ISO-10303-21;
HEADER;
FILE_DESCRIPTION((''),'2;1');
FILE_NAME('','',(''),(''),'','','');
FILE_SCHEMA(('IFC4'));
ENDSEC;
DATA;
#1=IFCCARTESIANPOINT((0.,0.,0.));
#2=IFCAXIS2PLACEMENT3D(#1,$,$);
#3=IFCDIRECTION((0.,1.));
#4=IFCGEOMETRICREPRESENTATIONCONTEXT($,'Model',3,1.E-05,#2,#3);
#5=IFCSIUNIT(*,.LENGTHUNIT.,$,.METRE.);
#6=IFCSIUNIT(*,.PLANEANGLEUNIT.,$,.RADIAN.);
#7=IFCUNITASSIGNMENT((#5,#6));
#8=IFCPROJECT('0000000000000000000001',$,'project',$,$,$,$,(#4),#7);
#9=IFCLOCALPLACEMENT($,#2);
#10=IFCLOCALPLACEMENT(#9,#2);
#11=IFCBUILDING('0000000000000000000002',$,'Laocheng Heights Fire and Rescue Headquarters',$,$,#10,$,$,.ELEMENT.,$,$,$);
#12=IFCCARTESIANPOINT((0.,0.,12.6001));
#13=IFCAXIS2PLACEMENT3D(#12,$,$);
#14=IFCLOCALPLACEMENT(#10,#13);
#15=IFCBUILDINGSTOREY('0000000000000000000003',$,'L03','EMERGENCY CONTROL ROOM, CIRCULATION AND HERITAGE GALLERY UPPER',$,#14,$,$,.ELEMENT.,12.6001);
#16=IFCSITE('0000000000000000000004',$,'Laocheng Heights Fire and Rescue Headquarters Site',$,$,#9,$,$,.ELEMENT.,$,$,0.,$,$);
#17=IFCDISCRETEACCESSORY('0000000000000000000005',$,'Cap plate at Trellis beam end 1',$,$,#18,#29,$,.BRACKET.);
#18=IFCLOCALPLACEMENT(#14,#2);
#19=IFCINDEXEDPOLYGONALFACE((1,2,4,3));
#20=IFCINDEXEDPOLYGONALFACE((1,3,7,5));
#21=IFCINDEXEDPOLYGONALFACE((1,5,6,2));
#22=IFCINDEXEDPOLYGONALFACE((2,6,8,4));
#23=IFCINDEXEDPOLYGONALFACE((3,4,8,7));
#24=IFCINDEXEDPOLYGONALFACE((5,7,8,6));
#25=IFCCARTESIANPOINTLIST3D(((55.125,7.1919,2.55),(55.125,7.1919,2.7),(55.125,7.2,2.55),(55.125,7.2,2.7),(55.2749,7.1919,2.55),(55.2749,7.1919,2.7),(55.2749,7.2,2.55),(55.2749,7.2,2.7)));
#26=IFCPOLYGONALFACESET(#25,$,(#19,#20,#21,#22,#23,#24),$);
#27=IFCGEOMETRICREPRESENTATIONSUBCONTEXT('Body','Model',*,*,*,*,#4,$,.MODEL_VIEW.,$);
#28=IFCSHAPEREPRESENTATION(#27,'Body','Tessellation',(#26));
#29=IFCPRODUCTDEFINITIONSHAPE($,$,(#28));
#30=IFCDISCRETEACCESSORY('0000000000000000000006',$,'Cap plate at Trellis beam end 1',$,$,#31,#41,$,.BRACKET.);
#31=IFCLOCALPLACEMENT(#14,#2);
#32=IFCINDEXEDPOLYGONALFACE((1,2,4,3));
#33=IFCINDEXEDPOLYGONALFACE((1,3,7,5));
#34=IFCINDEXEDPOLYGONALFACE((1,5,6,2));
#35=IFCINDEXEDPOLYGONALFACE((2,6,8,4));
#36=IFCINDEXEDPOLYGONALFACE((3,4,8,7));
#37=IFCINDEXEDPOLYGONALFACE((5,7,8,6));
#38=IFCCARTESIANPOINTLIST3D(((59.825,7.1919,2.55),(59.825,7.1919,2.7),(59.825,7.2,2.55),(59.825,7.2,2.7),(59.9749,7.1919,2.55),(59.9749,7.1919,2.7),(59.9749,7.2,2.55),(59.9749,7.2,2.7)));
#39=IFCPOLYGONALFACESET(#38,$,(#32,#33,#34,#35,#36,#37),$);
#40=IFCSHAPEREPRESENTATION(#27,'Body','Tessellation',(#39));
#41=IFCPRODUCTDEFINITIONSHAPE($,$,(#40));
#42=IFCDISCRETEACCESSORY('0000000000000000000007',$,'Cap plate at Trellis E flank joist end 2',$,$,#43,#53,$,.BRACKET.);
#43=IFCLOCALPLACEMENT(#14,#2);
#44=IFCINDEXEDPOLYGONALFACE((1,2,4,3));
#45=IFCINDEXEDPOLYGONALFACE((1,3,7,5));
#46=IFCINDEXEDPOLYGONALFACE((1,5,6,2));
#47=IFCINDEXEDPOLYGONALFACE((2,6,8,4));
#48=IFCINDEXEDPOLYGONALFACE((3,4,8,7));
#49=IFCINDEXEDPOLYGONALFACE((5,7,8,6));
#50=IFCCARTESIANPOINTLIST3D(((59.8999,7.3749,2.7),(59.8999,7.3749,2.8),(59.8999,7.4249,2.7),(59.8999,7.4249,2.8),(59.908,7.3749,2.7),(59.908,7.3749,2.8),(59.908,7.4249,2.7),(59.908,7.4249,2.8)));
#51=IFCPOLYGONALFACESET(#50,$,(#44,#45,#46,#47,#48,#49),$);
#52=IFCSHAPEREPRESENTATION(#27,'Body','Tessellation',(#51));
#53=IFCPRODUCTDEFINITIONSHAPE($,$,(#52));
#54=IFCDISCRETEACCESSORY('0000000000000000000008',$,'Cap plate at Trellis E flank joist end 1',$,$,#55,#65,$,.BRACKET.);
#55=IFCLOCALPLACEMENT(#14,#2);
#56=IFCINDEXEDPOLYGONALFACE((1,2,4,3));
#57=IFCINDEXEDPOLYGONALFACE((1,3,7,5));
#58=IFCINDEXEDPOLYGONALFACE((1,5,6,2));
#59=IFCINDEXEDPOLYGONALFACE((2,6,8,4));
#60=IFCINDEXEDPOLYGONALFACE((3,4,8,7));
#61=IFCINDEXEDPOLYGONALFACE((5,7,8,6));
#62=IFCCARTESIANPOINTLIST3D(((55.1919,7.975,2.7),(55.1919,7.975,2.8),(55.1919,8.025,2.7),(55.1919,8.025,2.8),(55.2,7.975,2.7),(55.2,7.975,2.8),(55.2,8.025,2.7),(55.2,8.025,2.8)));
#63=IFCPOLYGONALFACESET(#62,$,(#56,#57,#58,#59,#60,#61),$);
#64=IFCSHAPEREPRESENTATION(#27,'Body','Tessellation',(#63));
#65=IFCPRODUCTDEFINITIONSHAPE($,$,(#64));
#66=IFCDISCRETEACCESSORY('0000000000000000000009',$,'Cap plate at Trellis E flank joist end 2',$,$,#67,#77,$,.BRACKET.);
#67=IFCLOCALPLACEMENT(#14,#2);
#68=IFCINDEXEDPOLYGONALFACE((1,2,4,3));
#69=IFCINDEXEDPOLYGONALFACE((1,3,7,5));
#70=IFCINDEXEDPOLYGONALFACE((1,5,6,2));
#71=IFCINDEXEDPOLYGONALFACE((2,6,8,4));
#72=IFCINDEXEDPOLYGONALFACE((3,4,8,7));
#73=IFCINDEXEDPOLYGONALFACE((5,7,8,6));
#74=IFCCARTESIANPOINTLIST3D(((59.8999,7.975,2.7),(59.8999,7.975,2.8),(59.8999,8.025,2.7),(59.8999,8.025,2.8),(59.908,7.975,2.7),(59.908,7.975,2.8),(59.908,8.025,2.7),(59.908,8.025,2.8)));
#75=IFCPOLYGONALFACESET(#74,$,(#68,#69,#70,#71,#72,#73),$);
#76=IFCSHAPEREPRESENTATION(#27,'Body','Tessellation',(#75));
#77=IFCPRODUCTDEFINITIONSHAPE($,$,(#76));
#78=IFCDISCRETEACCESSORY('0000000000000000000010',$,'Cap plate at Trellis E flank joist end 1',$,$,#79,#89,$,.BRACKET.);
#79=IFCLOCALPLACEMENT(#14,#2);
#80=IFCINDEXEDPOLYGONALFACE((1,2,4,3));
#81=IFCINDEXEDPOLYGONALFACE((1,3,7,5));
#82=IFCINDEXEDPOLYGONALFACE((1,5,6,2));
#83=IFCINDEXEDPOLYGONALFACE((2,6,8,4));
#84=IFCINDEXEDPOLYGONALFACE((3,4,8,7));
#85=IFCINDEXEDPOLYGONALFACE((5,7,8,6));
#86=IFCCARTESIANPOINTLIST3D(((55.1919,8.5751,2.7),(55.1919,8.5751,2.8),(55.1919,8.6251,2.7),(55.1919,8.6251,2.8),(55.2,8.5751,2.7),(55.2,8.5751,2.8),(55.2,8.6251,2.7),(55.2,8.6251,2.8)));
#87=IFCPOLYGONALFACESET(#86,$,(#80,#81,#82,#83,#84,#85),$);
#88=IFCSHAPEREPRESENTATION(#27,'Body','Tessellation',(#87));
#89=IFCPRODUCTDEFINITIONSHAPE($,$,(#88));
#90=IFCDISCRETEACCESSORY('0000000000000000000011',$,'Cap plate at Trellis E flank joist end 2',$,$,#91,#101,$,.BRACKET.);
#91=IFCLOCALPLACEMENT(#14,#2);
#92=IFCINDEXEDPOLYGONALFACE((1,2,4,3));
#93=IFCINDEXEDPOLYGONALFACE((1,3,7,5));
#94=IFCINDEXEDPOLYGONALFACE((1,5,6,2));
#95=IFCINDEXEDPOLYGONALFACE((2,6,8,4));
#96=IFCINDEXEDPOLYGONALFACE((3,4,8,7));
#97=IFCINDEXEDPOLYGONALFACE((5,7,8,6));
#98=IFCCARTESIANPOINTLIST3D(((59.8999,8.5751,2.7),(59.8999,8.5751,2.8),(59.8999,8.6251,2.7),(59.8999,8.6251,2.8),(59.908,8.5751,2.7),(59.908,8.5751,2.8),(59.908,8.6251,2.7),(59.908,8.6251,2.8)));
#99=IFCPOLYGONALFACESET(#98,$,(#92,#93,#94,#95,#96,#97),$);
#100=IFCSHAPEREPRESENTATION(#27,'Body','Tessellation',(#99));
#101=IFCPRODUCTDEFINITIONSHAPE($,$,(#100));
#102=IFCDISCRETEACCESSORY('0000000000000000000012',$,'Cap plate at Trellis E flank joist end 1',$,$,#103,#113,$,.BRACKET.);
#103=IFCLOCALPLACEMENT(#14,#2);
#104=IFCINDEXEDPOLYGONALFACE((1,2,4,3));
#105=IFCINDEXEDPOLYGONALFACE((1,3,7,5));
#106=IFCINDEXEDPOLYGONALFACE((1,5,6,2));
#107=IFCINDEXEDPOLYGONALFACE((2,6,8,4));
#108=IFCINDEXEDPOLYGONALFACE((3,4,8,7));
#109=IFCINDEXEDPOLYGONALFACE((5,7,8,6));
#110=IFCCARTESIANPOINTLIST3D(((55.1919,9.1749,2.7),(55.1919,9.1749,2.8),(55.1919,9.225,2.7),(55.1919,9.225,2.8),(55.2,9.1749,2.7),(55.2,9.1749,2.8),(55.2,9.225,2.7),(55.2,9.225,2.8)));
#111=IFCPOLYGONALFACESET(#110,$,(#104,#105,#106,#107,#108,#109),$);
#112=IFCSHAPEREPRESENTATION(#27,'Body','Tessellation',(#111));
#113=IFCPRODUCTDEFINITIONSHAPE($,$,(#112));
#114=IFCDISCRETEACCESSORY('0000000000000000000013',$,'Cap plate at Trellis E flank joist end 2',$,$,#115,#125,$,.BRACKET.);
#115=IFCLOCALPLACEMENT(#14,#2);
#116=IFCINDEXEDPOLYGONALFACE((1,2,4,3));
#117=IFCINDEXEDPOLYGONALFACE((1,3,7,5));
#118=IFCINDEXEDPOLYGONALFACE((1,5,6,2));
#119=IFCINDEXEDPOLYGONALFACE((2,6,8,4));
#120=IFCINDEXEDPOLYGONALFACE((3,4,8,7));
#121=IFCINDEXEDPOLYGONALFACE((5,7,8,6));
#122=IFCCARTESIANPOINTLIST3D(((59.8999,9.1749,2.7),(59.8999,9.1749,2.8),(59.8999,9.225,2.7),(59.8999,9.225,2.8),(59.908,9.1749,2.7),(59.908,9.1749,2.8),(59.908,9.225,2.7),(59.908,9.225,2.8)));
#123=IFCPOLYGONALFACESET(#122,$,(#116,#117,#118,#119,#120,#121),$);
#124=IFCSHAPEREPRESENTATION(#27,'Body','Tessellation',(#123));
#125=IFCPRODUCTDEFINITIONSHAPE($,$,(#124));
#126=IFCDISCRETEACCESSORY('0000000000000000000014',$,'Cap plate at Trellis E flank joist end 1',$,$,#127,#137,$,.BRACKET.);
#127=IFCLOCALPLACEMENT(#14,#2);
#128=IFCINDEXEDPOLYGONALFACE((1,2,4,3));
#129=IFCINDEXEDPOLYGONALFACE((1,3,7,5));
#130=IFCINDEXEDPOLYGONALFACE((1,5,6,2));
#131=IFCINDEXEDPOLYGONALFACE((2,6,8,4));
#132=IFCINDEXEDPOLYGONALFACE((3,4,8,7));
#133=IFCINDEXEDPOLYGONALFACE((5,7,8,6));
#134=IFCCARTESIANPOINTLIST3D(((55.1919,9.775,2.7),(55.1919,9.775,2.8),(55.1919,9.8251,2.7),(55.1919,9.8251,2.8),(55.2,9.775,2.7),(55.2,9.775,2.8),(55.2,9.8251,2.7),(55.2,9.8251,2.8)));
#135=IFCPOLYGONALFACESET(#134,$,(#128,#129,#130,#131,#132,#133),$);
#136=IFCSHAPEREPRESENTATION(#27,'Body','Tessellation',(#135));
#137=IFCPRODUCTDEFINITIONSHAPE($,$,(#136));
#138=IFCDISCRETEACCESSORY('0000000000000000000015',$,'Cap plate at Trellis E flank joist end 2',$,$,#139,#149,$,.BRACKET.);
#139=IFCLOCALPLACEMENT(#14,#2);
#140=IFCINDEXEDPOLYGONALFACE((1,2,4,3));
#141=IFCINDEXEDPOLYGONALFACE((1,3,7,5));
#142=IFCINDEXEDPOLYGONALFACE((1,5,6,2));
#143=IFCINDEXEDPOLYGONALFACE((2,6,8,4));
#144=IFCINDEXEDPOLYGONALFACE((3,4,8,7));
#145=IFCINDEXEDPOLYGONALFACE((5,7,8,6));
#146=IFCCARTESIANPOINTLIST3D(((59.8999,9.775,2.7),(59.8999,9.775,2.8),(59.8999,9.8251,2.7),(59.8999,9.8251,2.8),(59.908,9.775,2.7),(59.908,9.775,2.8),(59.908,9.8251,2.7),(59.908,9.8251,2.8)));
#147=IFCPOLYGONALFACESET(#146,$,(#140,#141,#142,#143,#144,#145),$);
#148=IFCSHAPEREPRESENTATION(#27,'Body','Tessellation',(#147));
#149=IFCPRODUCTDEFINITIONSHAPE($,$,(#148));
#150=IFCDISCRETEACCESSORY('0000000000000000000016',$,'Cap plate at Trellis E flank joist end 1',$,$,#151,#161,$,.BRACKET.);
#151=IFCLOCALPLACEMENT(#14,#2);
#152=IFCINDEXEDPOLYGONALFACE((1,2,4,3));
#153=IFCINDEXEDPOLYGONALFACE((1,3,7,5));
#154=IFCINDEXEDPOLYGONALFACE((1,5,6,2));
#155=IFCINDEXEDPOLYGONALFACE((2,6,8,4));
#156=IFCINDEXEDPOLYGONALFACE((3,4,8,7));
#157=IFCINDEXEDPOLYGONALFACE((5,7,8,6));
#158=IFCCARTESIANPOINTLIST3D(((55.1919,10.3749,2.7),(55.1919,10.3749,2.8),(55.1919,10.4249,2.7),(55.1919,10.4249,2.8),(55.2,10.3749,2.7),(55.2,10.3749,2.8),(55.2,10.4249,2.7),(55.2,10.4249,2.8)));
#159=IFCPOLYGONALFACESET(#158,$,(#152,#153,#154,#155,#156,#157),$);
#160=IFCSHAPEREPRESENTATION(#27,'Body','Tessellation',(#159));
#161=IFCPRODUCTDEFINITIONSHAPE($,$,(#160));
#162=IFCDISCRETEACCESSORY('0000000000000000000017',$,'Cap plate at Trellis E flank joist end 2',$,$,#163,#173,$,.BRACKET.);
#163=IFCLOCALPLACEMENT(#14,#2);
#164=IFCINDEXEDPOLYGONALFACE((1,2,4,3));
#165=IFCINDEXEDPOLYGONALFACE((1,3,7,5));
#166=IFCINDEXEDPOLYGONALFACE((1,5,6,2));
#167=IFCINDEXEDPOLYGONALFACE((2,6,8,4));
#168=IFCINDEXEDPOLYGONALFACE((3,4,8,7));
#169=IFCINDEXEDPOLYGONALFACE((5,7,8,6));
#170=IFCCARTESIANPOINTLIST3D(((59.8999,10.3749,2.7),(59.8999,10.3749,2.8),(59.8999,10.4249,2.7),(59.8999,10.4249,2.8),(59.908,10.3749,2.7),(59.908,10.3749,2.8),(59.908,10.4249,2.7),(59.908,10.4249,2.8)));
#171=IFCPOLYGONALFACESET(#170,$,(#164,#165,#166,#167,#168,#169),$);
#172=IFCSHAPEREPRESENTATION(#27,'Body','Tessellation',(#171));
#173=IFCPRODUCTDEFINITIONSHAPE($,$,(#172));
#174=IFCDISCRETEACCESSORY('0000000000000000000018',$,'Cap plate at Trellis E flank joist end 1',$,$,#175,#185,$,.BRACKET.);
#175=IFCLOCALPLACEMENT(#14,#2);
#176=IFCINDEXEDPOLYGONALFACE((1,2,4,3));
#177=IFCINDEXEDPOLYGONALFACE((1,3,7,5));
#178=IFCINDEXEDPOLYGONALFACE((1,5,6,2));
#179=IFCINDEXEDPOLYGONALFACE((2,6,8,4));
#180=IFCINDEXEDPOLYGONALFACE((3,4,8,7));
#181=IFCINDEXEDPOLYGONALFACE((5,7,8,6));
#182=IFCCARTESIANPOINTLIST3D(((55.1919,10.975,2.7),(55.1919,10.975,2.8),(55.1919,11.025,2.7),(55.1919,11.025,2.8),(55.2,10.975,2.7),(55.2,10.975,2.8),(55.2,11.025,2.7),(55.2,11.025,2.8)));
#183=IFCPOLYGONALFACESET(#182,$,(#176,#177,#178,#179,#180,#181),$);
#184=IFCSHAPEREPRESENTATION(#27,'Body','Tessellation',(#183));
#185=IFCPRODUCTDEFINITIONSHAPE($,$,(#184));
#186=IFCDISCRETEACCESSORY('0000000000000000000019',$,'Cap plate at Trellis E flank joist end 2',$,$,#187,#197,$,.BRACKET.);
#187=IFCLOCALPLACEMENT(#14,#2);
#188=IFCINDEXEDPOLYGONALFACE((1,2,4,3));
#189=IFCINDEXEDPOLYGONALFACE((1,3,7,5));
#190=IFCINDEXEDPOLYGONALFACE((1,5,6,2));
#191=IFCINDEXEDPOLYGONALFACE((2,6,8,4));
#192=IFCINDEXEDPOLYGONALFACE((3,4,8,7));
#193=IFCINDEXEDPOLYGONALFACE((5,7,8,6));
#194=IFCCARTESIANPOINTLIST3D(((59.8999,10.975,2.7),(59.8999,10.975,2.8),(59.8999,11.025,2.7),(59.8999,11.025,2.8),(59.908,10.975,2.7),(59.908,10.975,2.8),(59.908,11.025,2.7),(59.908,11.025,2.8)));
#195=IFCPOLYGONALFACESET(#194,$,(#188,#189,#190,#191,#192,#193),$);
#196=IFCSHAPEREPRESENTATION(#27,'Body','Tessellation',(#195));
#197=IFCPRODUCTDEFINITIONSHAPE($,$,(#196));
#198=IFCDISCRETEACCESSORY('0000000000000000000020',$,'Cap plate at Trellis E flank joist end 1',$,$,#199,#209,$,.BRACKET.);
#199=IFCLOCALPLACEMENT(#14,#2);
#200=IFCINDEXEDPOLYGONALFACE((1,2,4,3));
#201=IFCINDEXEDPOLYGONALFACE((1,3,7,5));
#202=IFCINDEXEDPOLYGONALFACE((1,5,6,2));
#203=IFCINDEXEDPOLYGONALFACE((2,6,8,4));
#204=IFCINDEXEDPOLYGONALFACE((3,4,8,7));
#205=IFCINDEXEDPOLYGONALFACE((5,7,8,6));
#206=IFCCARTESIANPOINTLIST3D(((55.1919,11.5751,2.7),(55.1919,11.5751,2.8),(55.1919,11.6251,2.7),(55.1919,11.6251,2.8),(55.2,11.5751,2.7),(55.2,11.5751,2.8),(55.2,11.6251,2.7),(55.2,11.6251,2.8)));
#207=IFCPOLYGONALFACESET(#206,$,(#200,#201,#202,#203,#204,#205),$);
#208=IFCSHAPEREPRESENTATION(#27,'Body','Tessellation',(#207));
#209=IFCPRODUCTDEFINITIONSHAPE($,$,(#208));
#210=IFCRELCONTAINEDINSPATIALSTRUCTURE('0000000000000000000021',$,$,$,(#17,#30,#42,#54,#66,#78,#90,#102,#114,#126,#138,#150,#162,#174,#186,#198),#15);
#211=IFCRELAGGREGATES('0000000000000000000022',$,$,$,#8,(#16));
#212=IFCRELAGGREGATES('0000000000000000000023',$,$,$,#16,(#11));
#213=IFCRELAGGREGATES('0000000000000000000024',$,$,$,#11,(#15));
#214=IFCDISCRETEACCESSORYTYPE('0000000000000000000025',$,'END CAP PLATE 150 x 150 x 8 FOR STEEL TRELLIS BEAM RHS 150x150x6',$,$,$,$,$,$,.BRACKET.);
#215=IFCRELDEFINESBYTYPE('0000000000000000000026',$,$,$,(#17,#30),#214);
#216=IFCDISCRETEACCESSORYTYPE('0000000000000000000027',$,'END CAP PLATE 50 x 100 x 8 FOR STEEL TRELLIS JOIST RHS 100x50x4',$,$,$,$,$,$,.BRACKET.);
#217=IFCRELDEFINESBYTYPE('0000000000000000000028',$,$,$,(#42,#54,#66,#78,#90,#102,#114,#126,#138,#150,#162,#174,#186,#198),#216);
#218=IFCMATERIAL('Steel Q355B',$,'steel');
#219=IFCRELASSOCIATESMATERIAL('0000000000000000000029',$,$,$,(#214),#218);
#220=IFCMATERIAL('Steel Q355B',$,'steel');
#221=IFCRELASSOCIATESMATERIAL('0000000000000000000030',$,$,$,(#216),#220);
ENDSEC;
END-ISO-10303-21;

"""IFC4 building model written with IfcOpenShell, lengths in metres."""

from ifc_helpers import new_model, si_unit, direction, frame, origin, origin_2d, place, context, subcontext, project, spatial, rectangle, extrude, material, material_profile, profile_set, type_object, element, save


model = new_model("IFC4")

# Units and contexts
model_context = context("Model", 3, precision=1e-05, world=origin(), true_north=direction((0.0, 1.0)))
body_context = subcontext(model_context, "Body", "Model", "MODEL_VIEW")
ifc_project = project(units=[si_unit("LENGTHUNIT", "METRE"), si_unit("PLANEANGLEUNIT", "RADIAN")], contexts=[model_context])

# Site, building, storey
site_placement = place(None, origin())
site = spatial("IfcSite", under=ifc_project, at=site_placement, Name="Laocheng Heights Fire and Rescue Headquarters Site", CompositionType="ELEMENT", RefElevation=0.0)
building_placement = place(site_placement, origin())
building = spatial("IfcBuilding", under=site, at=building_placement, Name="Laocheng Heights Fire and Rescue Headquarters", CompositionType="ELEMENT")
storey_placement = place(building_placement, frame((0.0, 0.0, 12.6001)))
storey = spatial("IfcBuildingStorey", under=building, at=storey_placement, Name="L03", Description="EMERGENCY CONTROL ROOM, CIRCULATION AND HERITAGE GALLERY UPPER", CompositionType="ELEMENT", Elevation=12.6001)

# Discrete accessories
ifc_material_1 = material(Name="Steel Q355B", Category="steel")
ifc_material_profile_1 = material_profile(ifc_material_1, rectangle(XDim=0.1499, YDim=0.1499, at=origin_2d()), Name="END CAP PLATE 150 x 150 x 8 FOR STEEL TRELLIS BEAM RHS 150x150x6")
ifc_profile_set_1 = profile_set([ifc_material_profile_1], Name="Steel Q355B")
discrete_accessory_type_1 = type_object("IfcDiscreteAccessoryType", Name="END CAP PLATE 150 x 150 x 8 FOR STEEL TRELLIS BEAM RHS 150x150x6", PredefinedType="BRACKET", material=ifc_profile_set_1)
for number, where, z_axis, x_axis, name in (
    (1, (55.2, 7.1919, 2.625), (0.0, 1.0, 0.0), (-1.0, 0.0, 0.0), "Cap plate at Trellis beam end 1"),
    (2, (59.8999, 7.1919, 2.625), (0.0, 1.0, 0.0), (-1.0, 0.0, 0.0), "Cap plate at Trellis beam end 1"),
):
    element("IfcDiscreteAccessory", number, at=place(storey_placement, frame(where, z_axis=z_axis, x_axis=x_axis)), inside=storey, type_object=discrete_accessory_type_1, Name=name, PredefinedType="BRACKET", context=body_context, shape_type="SweptSolid", body=[
        extrude(rectangle(XDim=0.1499, YDim=0.1499, at=origin_2d()), origin(), (0.0, 0.0, 1.0), 0.0081),
    ])
ifc_material_2 = material(Name="Steel Q355B", Category="steel")
ifc_material_profile_2 = material_profile(ifc_material_2, rectangle(XDim=0.05, YDim=0.1001, at=origin_2d()), Name="END CAP PLATE 50 x 100 x 8 FOR STEEL TRELLIS JOIST RHS 100x50x4")
ifc_profile_set_2 = profile_set([ifc_material_profile_2], Name="Steel Q355B")
discrete_accessory_type_2 = type_object("IfcDiscreteAccessoryType", Name="END CAP PLATE 50 x 100 x 8 FOR STEEL TRELLIS JOIST RHS 100x50x4", PredefinedType="BRACKET", material=ifc_profile_set_2)
for number, where, z_axis, x_axis, name in (
    (3, (59.8999, 7.3999, 2.75), (1.0, 0.0, 0.0), (0.0, 1.0, 0.0), "Cap plate at Trellis E flank joist end 2"),
    (4, (55.1919, 8.0, 2.75), (1.0, 0.0, 0.0), (0.0, 1.0, 0.0), "Cap plate at Trellis E flank joist end 1"),
    (5, (59.8999, 8.0, 2.75), (1.0, 0.0, 0.0), (0.0, 1.0, 0.0), "Cap plate at Trellis E flank joist end 2"),
    (6, (55.1919, 8.6001, 2.75), (1.0, 0.0, 0.0), (0.0, 1.0, 0.0), "Cap plate at Trellis E flank joist end 1"),
    (7, (59.8999, 8.6001, 2.75), (1.0, 0.0, 0.0), (0.0, 1.0, 0.0), "Cap plate at Trellis E flank joist end 2"),
    (8, (55.1919, 9.2, 2.75), (1.0, 0.0, 0.0), (0.0, 1.0, 0.0), "Cap plate at Trellis E flank joist end 1"),
    (9, (59.8999, 9.2, 2.75), (1.0, 0.0, 0.0), (0.0, 1.0, 0.0), "Cap plate at Trellis E flank joist end 2"),
    (10, (55.1919, 9.8, 2.75), (1.0, 0.0, 0.0), (0.0, 1.0, 0.0), "Cap plate at Trellis E flank joist end 1"),
    (11, (59.8999, 9.8, 2.75), (1.0, 0.0, 0.0), (0.0, 1.0, 0.0), "Cap plate at Trellis E flank joist end 2"),
    (12, (55.1919, 10.3999, 2.75), (1.0, 0.0, 0.0), (0.0, 1.0, 0.0), "Cap plate at Trellis E flank joist end 1"),
    (13, (59.8999, 10.3999, 2.75), (1.0, 0.0, 0.0), (0.0, 1.0, 0.0), "Cap plate at Trellis E flank joist end 2"),
    (14, (55.1919, 11.0, 2.75), (1.0, 0.0, 0.0), (0.0, 1.0, 0.0), "Cap plate at Trellis E flank joist end 1"),
    (15, (59.8999, 11.0, 2.75), (1.0, 0.0, 0.0), (0.0, 1.0, 0.0), "Cap plate at Trellis E flank joist end 2"),
    (16, (55.1919, 11.6001, 2.75), (1.0, 0.0, 0.0), (0.0, 1.0, 0.0), "Cap plate at Trellis E flank joist end 1"),
):
    element("IfcDiscreteAccessory", number, at=place(storey_placement, frame(where, z_axis=z_axis, x_axis=x_axis)), inside=storey, type_object=discrete_accessory_type_2, Name=name, PredefinedType="BRACKET", context=body_context, shape_type="SweptSolid", body=[
        extrude(rectangle(XDim=0.05, YDim=0.1001, at=origin_2d()), origin(), (0.0, 0.0, 1.0), 0.0081),
    ])

save(model, "model.ifc")
